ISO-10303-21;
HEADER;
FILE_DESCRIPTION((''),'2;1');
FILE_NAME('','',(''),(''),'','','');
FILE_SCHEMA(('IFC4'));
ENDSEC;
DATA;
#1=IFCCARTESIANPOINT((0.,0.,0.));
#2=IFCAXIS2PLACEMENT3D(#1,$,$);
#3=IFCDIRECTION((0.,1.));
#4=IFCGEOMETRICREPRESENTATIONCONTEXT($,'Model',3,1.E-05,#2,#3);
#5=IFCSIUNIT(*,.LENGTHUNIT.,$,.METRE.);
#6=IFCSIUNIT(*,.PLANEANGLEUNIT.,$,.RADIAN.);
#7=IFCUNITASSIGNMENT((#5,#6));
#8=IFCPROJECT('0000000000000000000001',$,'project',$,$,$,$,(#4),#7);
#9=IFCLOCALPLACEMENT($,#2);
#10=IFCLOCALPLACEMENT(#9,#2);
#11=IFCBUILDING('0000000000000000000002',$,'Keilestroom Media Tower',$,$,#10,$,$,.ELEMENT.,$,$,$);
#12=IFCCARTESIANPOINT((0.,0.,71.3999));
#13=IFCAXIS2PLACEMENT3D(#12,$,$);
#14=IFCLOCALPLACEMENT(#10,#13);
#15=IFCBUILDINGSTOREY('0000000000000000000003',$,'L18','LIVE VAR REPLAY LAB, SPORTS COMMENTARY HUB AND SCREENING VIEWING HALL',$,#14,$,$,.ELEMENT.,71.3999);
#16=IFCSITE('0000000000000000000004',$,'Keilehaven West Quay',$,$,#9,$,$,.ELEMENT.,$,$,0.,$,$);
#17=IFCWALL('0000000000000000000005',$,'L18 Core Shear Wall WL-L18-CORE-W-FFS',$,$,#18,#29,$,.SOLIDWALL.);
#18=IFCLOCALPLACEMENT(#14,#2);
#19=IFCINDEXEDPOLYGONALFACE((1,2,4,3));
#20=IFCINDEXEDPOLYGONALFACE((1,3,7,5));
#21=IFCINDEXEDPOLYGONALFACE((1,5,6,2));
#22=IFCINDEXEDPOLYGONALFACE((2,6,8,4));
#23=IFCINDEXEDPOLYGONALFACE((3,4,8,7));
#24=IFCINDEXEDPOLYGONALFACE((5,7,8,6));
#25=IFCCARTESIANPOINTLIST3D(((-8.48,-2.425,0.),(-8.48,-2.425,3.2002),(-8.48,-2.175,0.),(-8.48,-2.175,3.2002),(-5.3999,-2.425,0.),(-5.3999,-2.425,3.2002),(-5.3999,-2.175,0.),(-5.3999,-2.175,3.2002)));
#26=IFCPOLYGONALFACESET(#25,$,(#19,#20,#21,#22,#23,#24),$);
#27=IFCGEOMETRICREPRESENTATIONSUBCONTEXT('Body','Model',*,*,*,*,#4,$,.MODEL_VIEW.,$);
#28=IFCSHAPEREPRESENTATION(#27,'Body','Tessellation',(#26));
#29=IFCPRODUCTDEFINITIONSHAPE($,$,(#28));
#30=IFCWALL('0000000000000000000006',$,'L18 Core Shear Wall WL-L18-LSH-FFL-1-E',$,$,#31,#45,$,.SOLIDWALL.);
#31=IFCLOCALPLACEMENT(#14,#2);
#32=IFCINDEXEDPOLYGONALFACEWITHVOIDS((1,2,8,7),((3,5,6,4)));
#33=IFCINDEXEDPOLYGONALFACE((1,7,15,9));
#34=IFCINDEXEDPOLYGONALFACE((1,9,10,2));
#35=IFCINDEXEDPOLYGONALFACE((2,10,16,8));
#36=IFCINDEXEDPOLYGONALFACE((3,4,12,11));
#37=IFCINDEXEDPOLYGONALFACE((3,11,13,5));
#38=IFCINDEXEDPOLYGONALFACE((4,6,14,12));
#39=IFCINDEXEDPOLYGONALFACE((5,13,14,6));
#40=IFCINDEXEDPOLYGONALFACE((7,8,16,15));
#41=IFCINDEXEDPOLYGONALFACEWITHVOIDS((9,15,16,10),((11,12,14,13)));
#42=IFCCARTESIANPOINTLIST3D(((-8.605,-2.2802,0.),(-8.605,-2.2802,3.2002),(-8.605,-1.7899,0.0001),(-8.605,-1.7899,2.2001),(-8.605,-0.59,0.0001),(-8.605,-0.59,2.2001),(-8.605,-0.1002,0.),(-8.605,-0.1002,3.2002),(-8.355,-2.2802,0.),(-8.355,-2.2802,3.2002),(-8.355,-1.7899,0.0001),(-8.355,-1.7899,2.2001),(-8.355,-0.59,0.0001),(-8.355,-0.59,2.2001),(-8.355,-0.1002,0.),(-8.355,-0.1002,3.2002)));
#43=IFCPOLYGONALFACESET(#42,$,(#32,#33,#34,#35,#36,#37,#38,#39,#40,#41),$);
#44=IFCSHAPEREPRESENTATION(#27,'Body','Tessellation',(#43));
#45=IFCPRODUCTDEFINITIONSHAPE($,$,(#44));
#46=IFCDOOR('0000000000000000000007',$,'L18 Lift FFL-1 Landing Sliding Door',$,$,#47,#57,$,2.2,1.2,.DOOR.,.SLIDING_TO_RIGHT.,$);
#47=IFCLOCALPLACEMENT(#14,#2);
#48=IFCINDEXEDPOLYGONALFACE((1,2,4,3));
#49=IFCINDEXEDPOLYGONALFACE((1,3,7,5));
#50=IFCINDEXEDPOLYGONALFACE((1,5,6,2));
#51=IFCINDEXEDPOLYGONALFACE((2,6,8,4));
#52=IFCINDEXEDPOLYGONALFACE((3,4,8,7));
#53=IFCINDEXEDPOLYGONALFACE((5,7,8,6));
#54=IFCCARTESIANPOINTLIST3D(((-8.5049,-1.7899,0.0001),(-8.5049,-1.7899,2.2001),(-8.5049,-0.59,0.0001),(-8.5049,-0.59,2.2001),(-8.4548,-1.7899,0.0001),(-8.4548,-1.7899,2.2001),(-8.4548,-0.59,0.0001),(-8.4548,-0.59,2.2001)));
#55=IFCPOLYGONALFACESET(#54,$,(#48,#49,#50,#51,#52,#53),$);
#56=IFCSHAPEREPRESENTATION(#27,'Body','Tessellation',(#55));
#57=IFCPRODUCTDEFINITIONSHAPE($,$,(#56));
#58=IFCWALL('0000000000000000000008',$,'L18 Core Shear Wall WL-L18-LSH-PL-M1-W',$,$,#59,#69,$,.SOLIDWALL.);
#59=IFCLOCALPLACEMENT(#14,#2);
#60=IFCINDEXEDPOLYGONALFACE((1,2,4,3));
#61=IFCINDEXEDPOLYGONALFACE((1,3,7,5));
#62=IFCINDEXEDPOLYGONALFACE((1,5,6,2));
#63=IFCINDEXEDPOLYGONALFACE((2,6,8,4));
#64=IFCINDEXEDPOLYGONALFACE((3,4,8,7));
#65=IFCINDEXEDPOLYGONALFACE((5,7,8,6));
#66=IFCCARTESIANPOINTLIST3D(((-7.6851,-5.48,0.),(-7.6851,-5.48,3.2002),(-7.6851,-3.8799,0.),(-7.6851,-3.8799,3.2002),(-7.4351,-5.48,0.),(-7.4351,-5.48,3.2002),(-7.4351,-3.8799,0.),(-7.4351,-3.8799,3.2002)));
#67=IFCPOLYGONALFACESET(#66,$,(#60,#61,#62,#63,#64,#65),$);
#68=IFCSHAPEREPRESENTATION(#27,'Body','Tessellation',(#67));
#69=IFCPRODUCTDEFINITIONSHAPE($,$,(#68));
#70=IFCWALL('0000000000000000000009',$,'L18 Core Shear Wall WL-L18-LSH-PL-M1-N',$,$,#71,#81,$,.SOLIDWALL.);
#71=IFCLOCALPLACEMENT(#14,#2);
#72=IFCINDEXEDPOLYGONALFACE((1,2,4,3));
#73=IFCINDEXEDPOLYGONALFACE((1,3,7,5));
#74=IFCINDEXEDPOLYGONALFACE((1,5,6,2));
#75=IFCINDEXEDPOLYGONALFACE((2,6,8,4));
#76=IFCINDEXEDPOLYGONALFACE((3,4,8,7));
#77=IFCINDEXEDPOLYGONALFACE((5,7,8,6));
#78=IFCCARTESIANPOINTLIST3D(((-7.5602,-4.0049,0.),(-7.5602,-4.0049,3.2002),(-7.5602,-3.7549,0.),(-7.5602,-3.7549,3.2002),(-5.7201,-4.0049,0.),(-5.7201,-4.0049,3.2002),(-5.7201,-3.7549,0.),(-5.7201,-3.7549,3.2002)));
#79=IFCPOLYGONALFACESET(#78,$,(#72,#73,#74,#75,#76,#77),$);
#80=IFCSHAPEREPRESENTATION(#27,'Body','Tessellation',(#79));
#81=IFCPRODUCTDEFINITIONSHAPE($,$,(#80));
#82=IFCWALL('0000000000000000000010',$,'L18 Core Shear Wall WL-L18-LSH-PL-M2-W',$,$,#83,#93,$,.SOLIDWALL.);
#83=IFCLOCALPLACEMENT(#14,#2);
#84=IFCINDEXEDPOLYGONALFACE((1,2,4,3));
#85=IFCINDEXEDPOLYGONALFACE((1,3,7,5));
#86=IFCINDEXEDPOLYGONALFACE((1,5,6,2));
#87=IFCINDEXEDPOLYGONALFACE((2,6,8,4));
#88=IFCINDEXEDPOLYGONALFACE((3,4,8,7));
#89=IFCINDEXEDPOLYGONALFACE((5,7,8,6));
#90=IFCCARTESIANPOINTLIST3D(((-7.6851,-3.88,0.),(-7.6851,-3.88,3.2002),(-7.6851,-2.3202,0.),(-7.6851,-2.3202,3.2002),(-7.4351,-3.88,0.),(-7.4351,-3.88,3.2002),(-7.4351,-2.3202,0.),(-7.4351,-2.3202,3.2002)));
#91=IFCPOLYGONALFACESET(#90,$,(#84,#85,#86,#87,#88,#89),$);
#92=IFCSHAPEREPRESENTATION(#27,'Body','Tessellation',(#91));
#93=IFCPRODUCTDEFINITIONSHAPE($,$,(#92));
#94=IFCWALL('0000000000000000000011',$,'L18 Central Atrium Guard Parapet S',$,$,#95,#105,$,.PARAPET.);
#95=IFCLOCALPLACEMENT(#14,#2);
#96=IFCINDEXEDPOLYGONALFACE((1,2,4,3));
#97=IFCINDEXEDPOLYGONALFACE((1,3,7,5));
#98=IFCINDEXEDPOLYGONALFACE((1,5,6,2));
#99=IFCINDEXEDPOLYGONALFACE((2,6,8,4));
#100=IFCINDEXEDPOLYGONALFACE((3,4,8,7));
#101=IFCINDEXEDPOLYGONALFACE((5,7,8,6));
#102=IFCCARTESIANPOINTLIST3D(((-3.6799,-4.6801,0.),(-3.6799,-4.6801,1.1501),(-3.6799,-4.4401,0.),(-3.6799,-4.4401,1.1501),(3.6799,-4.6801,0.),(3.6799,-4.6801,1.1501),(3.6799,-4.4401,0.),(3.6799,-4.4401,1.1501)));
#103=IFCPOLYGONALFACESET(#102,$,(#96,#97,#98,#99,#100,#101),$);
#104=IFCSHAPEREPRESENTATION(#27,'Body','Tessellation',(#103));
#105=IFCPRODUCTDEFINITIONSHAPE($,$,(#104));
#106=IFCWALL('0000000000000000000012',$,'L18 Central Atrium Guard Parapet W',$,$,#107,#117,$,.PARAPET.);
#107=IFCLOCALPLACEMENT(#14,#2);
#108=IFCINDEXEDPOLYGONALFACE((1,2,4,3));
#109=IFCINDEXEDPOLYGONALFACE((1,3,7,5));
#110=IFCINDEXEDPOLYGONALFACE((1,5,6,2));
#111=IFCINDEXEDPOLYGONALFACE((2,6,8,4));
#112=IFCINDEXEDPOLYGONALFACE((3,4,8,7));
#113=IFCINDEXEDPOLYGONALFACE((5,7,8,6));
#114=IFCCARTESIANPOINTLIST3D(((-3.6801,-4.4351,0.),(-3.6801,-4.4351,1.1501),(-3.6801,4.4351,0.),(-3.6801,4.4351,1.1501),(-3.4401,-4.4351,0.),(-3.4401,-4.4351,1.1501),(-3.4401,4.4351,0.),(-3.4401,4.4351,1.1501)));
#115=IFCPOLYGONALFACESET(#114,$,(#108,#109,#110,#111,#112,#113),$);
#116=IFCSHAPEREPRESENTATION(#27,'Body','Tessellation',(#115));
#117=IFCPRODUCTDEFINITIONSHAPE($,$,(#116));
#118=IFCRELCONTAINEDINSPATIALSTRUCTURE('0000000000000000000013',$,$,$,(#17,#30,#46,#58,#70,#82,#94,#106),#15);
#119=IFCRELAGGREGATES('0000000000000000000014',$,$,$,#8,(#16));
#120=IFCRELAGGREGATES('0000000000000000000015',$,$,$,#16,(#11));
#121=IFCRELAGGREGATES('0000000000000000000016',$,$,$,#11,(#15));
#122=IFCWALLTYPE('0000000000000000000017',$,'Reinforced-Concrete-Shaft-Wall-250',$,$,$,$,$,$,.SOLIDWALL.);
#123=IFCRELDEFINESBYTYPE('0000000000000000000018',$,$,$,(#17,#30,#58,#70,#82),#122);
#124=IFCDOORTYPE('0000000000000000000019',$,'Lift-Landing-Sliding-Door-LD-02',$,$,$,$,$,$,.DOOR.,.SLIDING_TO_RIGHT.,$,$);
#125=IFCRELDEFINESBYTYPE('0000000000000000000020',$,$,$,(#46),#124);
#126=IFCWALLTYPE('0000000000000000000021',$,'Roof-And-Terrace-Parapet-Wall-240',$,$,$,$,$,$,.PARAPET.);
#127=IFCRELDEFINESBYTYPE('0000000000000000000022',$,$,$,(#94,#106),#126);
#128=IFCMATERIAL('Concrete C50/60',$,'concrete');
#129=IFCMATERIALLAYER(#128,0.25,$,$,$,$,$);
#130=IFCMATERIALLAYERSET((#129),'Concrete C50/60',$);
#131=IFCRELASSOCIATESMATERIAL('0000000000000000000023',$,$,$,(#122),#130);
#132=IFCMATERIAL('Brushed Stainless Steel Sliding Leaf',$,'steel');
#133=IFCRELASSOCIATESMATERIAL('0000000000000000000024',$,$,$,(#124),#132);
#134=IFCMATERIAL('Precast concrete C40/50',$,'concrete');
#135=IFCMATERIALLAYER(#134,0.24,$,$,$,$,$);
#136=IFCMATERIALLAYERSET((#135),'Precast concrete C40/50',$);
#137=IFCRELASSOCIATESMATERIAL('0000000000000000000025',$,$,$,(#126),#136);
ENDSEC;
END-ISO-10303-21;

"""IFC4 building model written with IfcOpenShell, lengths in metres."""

from ifc_helpers import new_model, si_unit, direction, frame, frame_2d, origin, place, context, subcontext, project, spatial, rectangle, extrude, source, transform, mapped, material, layer, layer_set, type_object, element, fill, save


model = new_model("IFC4")

# Units and contexts
model_context = context("Model", 3, precision=1e-05, world=origin(), true_north=direction((0.0, 1.0)))
body_context = subcontext(model_context, "Body", "Model", "MODEL_VIEW")
ifc_project = project(units=[si_unit("LENGTHUNIT", "METRE"), si_unit("PLANEANGLEUNIT", "RADIAN")], contexts=[model_context])

# Site, building, storey
site_placement = place(None, origin())
site = spatial("IfcSite", under=ifc_project, at=site_placement, Name="Keilehaven West Quay", CompositionType="ELEMENT", RefElevation=0.0)
building_placement = place(site_placement, origin())
building = spatial("IfcBuilding", under=site, at=building_placement, Name="Keilestroom Media Tower", CompositionType="ELEMENT")
storey_placement = place(building_placement, frame((0.0, 0.0, 71.3999)))
storey = spatial("IfcBuildingStorey", under=building, at=storey_placement, Name="L18", Description="LIVE VAR REPLAY LAB, SPORTS COMMENTARY HUB AND SCREENING VIEWING HALL", CompositionType="ELEMENT", Elevation=71.3999)

# Shared definitions
shared_shape_1 = source(origin(), body_context, "Body", "SweptSolid", [
    extrude(rectangle(XDim=1.2, YDim=2.2, at=frame_2d((0.6001, 1.1001))), frame((0.0, 0.0249, 0.0), z_axis=(0.0, -1.0, 0.0), x_axis=(1.0, 0.0, 0.0)), (0.0, 0.0, 1.0), 0.05),
])

# Wall
ifc_material_1 = material(Name="Concrete C50/60", Category="concrete")
ifc_layer_1 = layer(ifc_material_1, 0.25)
ifc_layer_set_1 = layer_set([ifc_layer_1], Name="Concrete C50/60")
wall_type_1 = type_object("IfcWallType", Name="Reinforced-Concrete-Shaft-Wall-250", PredefinedType="SOLIDWALL", material=ifc_layer_set_1)
wall_1_placement = place(storey_placement, frame((-8.48, -2.3, 0.0), z_axis=(0.0, 0.0, 1.0), x_axis=(1.0, 0.0, 0.0)))
element("IfcWall", 1, at=wall_1_placement, inside=storey, type_object=wall_type_1, Name="L18 Core Shear Wall WL-L18-CORE-W-FFS", PredefinedType="SOLIDWALL", context=body_context, shape_type="SweptSolid", body=[
    extrude(rectangle(XDim=3.0801, YDim=0.25, at=frame_2d((1.54, 0.0))), origin(), (0.0, 0.0, 1.0), 3.2002),
])

# Wall, opening, door
wall_2_placement = place(storey_placement, frame((-8.48, -2.28, 0.0), z_axis=(0.0, 0.0, 1.0), x_axis=(0.0, 1.0, 0.0)))
wall_2 = element("IfcWall", 2, at=wall_2_placement, inside=storey, type_object=wall_type_1, Name="L18 Core Shear Wall WL-L18-LSH-FFL-1-E", PredefinedType="SOLIDWALL", context=body_context, shape_type="SweptSolid", body=[
    extrude(rectangle(XDim=2.1799, YDim=0.25, at=frame_2d((1.0898, 0.0))), origin(), (0.0, 0.0, 1.0), 3.2002),
])
opening_1_placement = place(wall_2_placement, frame((0.49, 0.0, 0.0)))
opening_1 = element("IfcOpeningElement", 3, at=opening_1_placement, cuts=wall_2, PredefinedType="OPENING", context=body_context, shape_type="SweptSolid", body=[
    extrude(rectangle(XDim=1.2, YDim=2.2, at=frame_2d((0.6001, 1.1001))), frame((0.0, 0.135, 0.0), z_axis=(0.0, -1.0, 0.0), x_axis=(1.0, 0.0, 0.0)), (0.0, 0.0, 1.0), 0.27),
])
ifc_material_2 = material(Name="Brushed Stainless Steel Sliding Leaf", Category="steel")
door_type_1 = type_object("IfcDoorType", Name="Lift-Landing-Sliding-Door-LD-02", OperationType="SLIDING_TO_RIGHT", PredefinedType="DOOR", material=ifc_material_2)
door_1_placement = place(opening_1_placement, origin())
door_1 = element("IfcDoor", 4, at=door_1_placement, inside=storey, type_object=door_type_1, Name="L18 Lift FFL-1 Landing Sliding Door", OperationType="SLIDING_TO_RIGHT", OverallHeight=2.2, OverallWidth=1.2, PredefinedType="DOOR", context=body_context, shape_type="MappedRepresentation", body=[
    mapped(shared_shape_1, transform((0.0, 0.0, 0.0), x_axis=(1.0, 0.0, 0.0), y_axis=(0.0, 1.0, 0.0), z_axis=(0.0, 0.0, 1.0), scale=1.0)),
])
fill(opening_1, door_1)

# Walls
wall_3_placement = place(storey_placement, frame((-7.5601, -5.48, 0.0), z_axis=(0.0, 0.0, 1.0), x_axis=(0.0, 1.0, 0.0)))
element("IfcWall", 5, at=wall_3_placement, inside=storey, type_object=wall_type_1, Name="L18 Core Shear Wall WL-L18-LSH-PL-M1-W", PredefinedType="SOLIDWALL", context=body_context, shape_type="SweptSolid", body=[
    extrude(rectangle(XDim=1.6001, YDim=0.25, at=frame_2d((0.8, 0.0))), origin(), (0.0, 0.0, 1.0), 3.2002),
])
wall_4_placement = place(storey_placement, frame((-7.5601, -3.8799, 0.0), z_axis=(0.0, 0.0, 1.0), x_axis=(1.0, 0.0, 0.0)))
element("IfcWall", 6, at=wall_4_placement, inside=storey, type_object=wall_type_1, Name="L18 Core Shear Wall WL-L18-LSH-PL-M1-N", PredefinedType="SOLIDWALL", context=body_context, shape_type="SweptSolid", body=[
    extrude(rectangle(XDim=1.8401, YDim=0.25, at=frame_2d((0.9199, 0.0))), origin(), (0.0, 0.0, 1.0), 3.2002),
])
wall_5_placement = place(storey_placement, frame((-7.5601, -3.8799, 0.0), z_axis=(0.0, 0.0, 1.0), x_axis=(0.0, 1.0, 0.0)))
element("IfcWall", 7, at=wall_5_placement, inside=storey, type_object=wall_type_1, Name="L18 Core Shear Wall WL-L18-LSH-PL-M2-W", PredefinedType="SOLIDWALL", context=body_context, shape_type="SweptSolid", body=[
    extrude(rectangle(XDim=1.5598, YDim=0.25, at=frame_2d((0.7798, 0.0))), origin(), (0.0, 0.0, 1.0), 3.2002),
])
ifc_material_3 = material(Name="Precast concrete C40/50", Category="concrete")
ifc_layer_2 = layer(ifc_material_3, 0.24)
ifc_layer_set_2 = layer_set([ifc_layer_2], Name="Precast concrete C40/50")
wall_type_2 = type_object("IfcWallType", Name="Roof-And-Terrace-Parapet-Wall-240", PredefinedType="PARAPET", material=ifc_layer_set_2)
wall_6_placement = place(storey_placement, frame((-3.6799, -4.5601, 0.0), z_axis=(0.0, 0.0, 1.0), x_axis=(1.0, 0.0, 0.0)))
element("IfcWall", 8, at=wall_6_placement, inside=storey, type_object=wall_type_2, Name="L18 Central Atrium Guard Parapet S", PredefinedType="PARAPET", context=body_context, shape_type="SweptSolid", body=[
    extrude(rectangle(XDim=7.3599, YDim=0.24, at=frame_2d((3.6799, 0.0))), origin(), (0.0, 0.0, 1.0), 1.1501),
])
wall_7_placement = place(storey_placement, frame((-3.5601, -4.4351, 0.0), z_axis=(0.0, 0.0, 1.0), x_axis=(0.0, 1.0, 0.0)))
element("IfcWall", 9, at=wall_7_placement, inside=storey, type_object=wall_type_2, Name="L18 Central Atrium Guard Parapet W", PredefinedType="PARAPET", context=body_context, shape_type="SweptSolid", body=[
    extrude(rectangle(XDim=8.8701, YDim=0.24, at=frame_2d((4.4351, 0.0))), origin(), (0.0, 0.0, 1.0), 1.1501),
])

save(model, "model.ifc")
